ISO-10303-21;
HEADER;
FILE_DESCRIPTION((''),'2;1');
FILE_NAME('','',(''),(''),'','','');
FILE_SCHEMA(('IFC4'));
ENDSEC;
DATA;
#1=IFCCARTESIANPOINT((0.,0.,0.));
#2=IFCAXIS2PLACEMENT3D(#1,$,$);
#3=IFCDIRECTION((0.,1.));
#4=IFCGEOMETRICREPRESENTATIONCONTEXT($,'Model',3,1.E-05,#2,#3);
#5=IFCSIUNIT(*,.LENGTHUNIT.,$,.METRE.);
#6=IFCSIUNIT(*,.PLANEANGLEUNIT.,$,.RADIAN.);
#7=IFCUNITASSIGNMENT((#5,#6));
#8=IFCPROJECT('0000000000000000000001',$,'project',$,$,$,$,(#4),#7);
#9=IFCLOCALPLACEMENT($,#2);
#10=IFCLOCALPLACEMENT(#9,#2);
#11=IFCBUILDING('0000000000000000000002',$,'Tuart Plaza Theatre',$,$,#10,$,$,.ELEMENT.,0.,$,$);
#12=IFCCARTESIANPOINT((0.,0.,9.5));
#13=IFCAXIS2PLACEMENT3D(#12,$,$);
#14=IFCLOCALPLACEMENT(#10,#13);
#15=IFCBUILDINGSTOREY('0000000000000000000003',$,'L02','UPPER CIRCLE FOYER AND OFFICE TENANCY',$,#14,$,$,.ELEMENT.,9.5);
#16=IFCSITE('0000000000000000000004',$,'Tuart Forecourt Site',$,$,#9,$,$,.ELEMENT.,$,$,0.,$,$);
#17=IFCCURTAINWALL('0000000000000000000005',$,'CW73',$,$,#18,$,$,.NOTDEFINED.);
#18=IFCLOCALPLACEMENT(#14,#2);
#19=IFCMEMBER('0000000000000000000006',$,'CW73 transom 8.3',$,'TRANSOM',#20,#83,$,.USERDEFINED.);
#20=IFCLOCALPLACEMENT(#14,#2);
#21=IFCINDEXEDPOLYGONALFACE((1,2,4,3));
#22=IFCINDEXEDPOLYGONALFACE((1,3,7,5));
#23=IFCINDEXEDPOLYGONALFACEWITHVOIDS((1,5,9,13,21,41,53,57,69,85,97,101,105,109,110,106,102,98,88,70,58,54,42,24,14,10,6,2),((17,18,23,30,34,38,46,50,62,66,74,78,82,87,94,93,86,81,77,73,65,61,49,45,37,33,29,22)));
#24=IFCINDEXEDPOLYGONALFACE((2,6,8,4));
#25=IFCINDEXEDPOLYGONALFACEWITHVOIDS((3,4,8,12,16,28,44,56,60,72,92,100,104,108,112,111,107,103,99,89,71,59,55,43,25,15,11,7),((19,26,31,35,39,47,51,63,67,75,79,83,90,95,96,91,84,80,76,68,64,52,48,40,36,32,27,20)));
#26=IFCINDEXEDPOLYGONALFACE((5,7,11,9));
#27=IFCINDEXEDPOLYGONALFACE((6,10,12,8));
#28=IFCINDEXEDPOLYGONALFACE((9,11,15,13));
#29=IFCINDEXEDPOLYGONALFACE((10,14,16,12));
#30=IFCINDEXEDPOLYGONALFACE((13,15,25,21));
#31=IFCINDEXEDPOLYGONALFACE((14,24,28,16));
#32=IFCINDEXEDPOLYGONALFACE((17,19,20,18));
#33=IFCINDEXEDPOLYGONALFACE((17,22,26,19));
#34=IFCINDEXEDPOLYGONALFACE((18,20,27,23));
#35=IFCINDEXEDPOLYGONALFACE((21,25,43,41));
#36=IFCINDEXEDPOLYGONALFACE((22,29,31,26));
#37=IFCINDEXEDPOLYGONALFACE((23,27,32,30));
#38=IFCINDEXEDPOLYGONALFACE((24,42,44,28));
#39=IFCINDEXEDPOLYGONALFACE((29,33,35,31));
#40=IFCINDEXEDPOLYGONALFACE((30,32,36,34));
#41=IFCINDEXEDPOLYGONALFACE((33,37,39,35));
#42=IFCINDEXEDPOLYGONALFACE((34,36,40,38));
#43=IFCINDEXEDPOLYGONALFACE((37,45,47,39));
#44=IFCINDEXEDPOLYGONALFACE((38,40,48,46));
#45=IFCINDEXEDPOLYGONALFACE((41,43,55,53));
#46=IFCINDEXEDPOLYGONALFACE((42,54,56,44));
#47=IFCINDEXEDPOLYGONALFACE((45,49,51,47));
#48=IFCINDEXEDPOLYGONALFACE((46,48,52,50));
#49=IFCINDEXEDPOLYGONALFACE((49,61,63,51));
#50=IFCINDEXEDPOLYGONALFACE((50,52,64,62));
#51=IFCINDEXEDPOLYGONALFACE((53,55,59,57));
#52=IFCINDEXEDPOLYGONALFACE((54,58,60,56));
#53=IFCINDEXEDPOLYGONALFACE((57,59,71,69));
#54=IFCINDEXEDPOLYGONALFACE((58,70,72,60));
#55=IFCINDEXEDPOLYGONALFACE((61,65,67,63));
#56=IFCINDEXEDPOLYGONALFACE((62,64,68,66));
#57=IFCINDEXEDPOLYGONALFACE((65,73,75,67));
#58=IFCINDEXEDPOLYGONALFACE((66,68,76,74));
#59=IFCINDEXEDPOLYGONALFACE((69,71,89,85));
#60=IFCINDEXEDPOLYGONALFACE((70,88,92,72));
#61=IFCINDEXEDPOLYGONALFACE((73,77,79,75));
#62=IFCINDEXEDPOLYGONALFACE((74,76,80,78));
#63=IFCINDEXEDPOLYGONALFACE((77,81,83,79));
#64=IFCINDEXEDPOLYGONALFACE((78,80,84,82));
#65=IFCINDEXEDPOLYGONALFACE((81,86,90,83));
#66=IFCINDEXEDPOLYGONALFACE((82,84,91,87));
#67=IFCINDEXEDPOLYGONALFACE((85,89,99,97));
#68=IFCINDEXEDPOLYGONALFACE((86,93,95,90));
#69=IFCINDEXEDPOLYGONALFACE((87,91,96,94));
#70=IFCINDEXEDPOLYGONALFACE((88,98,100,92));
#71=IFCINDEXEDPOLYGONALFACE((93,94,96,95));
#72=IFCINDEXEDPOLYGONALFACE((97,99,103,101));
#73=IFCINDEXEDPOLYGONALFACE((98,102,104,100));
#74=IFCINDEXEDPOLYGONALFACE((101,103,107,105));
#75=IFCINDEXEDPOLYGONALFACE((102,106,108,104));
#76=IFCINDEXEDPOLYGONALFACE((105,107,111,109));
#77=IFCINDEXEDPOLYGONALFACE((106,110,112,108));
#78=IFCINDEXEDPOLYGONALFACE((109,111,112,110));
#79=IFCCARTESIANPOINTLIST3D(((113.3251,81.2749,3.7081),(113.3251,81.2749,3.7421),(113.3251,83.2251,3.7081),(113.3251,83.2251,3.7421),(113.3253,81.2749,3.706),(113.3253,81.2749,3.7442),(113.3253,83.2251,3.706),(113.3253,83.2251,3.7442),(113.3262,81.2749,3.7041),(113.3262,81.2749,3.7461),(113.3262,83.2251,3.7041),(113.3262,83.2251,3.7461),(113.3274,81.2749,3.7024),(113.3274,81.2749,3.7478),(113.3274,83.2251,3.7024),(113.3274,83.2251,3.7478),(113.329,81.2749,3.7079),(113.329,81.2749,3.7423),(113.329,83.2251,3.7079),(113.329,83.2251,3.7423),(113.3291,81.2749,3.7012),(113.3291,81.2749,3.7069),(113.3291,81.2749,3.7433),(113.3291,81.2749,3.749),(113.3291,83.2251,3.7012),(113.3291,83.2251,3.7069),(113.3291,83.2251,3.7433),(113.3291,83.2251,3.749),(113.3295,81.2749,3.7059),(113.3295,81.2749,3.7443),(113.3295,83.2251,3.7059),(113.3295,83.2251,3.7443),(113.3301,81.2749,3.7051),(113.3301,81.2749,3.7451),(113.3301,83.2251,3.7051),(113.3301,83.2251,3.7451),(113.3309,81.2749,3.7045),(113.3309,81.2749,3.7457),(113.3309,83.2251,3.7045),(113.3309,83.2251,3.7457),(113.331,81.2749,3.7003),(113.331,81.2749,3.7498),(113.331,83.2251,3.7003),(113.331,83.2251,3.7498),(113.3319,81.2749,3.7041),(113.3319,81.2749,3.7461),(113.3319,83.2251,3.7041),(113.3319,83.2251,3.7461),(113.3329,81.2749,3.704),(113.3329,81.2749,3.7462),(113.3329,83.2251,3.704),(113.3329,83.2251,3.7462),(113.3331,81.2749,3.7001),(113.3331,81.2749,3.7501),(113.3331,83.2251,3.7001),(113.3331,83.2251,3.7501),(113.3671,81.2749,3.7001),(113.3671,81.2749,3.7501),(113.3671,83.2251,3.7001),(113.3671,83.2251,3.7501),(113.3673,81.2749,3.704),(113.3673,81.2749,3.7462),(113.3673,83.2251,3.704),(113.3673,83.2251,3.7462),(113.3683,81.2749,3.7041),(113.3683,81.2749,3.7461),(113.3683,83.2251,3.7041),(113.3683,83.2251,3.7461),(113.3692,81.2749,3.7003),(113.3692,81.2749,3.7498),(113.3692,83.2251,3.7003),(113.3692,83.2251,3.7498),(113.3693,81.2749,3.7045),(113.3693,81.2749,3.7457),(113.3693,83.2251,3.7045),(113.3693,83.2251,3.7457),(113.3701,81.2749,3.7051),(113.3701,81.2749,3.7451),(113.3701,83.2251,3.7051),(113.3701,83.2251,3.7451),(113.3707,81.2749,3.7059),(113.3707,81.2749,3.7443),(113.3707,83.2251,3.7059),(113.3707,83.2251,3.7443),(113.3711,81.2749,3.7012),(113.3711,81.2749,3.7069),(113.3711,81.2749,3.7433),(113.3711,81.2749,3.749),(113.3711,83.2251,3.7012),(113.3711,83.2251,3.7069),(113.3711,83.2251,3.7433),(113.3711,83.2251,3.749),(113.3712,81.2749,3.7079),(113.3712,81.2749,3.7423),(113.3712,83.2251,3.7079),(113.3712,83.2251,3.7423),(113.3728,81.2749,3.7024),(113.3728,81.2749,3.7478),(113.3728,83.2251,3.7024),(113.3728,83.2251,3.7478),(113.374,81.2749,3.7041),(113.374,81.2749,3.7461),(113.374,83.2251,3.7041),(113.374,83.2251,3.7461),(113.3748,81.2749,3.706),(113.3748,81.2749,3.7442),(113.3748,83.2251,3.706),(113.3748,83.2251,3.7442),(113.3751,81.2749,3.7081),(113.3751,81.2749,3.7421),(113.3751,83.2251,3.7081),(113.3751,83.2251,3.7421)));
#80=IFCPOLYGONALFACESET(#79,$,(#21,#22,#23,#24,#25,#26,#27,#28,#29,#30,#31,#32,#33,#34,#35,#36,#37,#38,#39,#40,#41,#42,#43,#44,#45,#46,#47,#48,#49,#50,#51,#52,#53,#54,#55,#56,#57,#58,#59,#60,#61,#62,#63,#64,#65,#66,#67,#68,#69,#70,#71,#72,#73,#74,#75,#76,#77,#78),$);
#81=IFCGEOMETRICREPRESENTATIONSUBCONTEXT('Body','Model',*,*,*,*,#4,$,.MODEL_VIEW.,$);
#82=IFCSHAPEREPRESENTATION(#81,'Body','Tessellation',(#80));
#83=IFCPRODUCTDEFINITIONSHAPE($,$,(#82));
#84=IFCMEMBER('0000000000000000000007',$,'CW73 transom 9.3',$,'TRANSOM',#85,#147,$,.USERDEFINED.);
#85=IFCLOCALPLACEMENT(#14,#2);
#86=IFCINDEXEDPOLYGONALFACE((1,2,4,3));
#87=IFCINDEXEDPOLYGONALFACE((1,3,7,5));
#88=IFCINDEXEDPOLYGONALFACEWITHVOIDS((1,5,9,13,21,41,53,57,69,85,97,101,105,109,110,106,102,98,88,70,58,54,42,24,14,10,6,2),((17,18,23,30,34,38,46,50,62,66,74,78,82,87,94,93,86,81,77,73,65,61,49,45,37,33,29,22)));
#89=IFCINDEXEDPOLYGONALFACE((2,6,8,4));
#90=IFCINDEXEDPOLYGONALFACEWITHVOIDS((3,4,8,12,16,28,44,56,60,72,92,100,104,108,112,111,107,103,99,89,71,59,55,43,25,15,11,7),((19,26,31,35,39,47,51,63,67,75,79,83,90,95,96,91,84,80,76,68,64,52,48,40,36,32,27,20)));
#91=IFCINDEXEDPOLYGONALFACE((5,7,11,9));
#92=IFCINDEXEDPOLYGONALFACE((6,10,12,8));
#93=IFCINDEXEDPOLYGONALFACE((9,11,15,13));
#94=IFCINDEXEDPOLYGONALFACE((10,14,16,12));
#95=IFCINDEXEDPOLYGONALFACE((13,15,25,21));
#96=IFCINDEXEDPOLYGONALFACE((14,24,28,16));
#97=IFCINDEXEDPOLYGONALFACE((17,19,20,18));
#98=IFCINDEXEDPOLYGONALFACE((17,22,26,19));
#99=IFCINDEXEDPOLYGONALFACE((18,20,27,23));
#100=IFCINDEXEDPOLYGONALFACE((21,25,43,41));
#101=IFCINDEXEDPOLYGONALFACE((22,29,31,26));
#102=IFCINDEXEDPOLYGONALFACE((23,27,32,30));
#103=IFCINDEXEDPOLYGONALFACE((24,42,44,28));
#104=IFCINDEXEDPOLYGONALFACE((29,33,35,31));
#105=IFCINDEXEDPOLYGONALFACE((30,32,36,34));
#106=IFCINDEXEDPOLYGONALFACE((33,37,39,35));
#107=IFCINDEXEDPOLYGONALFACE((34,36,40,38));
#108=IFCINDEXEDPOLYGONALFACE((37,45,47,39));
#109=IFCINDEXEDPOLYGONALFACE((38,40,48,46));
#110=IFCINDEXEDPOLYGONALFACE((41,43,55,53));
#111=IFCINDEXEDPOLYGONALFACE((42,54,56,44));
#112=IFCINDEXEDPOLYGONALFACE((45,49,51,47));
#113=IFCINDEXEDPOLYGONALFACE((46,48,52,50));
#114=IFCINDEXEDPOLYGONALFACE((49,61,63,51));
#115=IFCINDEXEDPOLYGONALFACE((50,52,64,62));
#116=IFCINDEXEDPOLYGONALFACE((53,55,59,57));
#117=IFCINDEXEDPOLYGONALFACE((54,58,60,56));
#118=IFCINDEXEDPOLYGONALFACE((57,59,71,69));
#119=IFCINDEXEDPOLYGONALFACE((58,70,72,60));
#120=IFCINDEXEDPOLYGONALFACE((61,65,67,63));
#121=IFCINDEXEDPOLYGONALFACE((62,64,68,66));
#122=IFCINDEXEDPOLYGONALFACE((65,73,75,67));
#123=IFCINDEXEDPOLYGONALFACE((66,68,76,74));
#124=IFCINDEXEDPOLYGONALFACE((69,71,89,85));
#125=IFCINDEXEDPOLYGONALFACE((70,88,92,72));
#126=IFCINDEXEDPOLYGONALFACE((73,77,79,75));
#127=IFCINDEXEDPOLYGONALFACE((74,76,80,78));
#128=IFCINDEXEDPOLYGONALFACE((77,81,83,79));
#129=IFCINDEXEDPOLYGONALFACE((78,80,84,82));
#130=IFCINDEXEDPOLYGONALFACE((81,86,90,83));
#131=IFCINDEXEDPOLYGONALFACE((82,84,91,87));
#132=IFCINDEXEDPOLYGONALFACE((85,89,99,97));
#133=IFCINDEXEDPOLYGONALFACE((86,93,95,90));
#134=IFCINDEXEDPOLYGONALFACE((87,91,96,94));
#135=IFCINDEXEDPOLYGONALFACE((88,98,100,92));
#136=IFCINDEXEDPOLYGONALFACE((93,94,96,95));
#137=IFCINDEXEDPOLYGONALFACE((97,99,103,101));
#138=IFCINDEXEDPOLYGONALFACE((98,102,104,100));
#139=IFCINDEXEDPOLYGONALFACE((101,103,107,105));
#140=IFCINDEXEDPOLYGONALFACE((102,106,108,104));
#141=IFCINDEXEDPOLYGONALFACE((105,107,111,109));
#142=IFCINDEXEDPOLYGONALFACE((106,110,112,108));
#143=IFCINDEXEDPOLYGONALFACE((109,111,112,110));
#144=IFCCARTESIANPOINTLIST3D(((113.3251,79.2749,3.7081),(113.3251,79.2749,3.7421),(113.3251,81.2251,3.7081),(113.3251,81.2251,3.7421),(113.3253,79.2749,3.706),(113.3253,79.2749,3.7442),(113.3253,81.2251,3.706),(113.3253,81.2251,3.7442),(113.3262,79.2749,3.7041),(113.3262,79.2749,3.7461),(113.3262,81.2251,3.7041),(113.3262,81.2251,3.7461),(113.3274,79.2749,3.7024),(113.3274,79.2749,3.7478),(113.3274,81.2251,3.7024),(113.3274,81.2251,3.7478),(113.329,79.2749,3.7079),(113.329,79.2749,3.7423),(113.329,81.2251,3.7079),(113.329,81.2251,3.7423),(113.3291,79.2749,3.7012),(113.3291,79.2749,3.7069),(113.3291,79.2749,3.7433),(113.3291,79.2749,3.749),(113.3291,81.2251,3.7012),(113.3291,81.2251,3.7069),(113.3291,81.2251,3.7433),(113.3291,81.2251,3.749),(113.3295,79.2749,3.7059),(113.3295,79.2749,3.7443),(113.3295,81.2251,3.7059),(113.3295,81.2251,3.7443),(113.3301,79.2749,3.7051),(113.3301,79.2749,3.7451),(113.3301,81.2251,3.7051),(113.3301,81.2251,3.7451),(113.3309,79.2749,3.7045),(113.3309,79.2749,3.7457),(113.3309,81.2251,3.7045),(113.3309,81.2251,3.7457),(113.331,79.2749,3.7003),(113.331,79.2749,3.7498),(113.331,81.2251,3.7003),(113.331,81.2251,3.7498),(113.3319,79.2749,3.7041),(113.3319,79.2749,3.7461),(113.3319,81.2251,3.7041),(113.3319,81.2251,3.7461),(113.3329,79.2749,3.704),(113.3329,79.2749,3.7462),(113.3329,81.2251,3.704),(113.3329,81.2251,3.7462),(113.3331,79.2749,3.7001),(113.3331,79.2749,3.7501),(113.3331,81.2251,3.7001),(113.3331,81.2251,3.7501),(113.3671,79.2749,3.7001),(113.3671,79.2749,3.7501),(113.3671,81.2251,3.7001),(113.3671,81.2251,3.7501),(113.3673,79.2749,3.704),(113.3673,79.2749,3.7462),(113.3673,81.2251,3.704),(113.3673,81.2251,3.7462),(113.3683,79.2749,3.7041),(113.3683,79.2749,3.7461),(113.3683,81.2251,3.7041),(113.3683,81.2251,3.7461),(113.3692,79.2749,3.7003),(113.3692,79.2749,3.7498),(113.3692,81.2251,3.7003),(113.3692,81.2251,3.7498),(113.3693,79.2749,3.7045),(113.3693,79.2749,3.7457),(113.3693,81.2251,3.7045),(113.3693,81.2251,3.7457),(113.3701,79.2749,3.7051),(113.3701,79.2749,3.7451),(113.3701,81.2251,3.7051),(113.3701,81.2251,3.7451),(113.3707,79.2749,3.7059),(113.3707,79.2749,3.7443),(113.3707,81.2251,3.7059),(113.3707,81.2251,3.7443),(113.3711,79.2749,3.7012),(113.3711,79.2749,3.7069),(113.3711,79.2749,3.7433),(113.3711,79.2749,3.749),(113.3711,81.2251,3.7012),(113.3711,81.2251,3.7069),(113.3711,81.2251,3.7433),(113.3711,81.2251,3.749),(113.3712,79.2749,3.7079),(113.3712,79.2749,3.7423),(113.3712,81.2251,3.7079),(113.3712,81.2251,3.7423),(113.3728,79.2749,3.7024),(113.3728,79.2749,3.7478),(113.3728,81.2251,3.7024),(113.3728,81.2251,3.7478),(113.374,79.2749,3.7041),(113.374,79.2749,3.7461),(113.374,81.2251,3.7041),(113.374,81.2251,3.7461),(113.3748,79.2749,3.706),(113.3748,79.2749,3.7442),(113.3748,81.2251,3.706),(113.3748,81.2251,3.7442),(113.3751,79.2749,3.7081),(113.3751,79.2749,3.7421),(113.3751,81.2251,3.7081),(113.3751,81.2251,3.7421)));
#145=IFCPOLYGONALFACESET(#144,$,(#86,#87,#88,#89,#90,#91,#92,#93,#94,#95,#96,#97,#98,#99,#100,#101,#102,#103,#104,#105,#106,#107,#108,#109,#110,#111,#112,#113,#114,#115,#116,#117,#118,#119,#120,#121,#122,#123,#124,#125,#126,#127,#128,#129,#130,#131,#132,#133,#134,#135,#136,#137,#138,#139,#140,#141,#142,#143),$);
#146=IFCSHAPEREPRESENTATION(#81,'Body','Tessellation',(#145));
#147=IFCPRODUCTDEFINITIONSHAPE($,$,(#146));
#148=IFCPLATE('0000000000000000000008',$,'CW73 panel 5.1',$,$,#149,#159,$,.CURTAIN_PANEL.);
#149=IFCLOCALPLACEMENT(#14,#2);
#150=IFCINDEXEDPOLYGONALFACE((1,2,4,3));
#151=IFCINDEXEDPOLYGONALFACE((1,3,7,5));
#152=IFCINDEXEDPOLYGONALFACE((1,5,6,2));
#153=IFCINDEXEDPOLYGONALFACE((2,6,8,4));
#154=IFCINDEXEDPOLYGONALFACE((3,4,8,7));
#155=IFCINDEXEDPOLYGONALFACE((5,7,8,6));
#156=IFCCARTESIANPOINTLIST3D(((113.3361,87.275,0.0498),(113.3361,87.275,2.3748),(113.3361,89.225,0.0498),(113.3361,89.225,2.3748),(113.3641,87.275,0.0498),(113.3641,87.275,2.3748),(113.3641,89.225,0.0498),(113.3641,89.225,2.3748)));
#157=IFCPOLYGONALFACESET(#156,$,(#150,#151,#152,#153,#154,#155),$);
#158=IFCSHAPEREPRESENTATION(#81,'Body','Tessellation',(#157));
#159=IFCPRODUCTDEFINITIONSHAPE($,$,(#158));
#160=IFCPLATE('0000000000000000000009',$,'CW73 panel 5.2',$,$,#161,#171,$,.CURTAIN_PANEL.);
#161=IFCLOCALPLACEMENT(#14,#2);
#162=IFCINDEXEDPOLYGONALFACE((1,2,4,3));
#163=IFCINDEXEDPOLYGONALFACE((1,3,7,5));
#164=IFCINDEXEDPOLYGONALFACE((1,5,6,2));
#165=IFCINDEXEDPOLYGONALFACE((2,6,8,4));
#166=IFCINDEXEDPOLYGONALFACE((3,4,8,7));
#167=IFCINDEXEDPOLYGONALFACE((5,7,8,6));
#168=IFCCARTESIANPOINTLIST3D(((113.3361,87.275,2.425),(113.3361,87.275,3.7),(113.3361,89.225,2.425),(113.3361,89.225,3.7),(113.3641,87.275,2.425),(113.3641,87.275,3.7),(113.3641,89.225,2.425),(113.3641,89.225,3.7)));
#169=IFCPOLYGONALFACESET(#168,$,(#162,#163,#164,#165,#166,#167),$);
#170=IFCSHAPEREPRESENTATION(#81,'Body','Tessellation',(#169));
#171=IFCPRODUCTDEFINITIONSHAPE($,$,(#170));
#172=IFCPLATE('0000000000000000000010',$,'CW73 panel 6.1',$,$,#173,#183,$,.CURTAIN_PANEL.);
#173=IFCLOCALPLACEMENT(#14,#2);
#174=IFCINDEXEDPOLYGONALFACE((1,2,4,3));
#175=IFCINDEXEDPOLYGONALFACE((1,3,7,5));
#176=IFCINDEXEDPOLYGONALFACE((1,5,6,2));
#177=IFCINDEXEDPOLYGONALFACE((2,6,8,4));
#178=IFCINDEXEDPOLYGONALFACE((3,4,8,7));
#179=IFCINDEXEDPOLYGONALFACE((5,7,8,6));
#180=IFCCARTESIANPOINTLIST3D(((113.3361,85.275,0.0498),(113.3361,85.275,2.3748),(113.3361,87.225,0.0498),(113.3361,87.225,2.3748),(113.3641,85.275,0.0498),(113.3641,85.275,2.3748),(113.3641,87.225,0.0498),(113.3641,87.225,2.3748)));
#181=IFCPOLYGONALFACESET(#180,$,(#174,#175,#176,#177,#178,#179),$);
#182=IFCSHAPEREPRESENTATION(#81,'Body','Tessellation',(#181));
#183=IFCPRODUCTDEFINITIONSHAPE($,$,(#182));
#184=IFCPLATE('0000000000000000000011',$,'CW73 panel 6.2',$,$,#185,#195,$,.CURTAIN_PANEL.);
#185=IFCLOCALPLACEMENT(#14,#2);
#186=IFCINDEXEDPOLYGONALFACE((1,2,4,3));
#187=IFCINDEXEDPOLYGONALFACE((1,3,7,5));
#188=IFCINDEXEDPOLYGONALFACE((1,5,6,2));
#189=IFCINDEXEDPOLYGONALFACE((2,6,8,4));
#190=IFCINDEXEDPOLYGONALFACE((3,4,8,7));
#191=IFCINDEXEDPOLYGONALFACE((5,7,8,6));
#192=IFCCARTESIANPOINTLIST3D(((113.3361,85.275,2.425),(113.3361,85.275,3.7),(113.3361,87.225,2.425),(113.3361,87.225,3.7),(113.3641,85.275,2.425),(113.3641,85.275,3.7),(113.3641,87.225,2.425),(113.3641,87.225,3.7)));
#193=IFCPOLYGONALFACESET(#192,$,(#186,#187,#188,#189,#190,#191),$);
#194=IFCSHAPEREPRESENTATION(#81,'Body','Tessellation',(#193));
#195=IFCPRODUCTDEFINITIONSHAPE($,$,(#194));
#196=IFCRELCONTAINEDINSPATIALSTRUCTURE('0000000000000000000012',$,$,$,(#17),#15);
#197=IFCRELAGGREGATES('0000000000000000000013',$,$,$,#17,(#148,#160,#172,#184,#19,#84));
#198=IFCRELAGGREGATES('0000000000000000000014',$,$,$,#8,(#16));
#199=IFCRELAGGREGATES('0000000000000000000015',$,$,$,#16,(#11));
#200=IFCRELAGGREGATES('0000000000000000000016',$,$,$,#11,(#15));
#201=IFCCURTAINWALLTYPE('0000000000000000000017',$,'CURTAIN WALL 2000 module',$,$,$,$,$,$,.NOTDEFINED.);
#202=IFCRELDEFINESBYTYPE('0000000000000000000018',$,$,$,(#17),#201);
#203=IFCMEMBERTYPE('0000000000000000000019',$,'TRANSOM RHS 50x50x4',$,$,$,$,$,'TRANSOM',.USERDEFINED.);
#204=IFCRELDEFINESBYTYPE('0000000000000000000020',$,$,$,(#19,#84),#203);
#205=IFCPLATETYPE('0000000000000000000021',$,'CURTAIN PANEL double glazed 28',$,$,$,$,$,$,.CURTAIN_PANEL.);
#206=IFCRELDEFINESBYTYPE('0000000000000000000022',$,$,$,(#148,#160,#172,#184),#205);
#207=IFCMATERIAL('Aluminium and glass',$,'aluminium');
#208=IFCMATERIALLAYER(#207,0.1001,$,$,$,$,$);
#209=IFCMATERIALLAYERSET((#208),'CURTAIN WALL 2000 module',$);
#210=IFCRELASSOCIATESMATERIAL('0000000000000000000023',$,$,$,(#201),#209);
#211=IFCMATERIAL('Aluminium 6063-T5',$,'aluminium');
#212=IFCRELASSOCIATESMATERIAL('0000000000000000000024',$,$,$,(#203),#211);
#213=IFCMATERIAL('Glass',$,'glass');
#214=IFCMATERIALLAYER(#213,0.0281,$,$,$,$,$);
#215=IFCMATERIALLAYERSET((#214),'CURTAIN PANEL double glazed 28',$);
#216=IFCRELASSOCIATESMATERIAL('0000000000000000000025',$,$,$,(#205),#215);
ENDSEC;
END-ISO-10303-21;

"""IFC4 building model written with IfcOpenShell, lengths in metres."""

from ifc_helpers import new_model, si_unit, direction, frame, origin, origin_2d, place, context, subcontext, project, spatial, rectangle, hollow_rectangle, extrude, material, layer, layer_set, material_profile, profile_set, type_object, element, aggregate, save


model = new_model("IFC4")

# Units and contexts
model_context = context("Model", 3, precision=1e-05, world=origin(), true_north=direction((0.0, 1.0)))
body_context = subcontext(model_context, "Body", "Model", "MODEL_VIEW")
ifc_project = project(units=[si_unit("LENGTHUNIT", "METRE"), si_unit("PLANEANGLEUNIT", "RADIAN")], contexts=[model_context])

# Site, building, storey
site_placement = place(None, origin())
site = spatial("IfcSite", under=ifc_project, at=site_placement, Name="Tuart Forecourt Site", CompositionType="ELEMENT", RefElevation=0.0)
building_placement = place(site_placement, origin())
building = spatial("IfcBuilding", under=site, at=building_placement, Name="Tuart Plaza Theatre", CompositionType="ELEMENT", ElevationOfRefHeight=0.0)
storey_placement = place(building_placement, frame((0.0, 0.0, 9.5)))
storey = spatial("IfcBuildingStorey", under=building, at=storey_placement, Name="L02", Description="UPPER CIRCLE FOYER AND OFFICE TENANCY", CompositionType="ELEMENT", Elevation=9.5)

# Curtain wall, members, plates
ifc_material_1 = material(Name="Aluminium and glass", Category="aluminium")
ifc_layer_1 = layer(ifc_material_1, 0.1001)
ifc_layer_set_1 = layer_set([ifc_layer_1], Name="CURTAIN WALL 2000 module")
curtain_wall_type = type_object("IfcCurtainWallType", Name="CURTAIN WALL 2000 module", PredefinedType="NOTDEFINED", material=ifc_layer_set_1)
curtain_wall_placement = place(storey_placement, origin())
curtain_wall = element("IfcCurtainWall", 1, at=curtain_wall_placement, inside=storey, type_object=curtain_wall_type, Name="CW73", PredefinedType="NOTDEFINED")
ifc_material_2 = material(Name="Aluminium 6063-T5", Category="aluminium")
ifc_material_profile_1 = material_profile(ifc_material_2, hollow_rectangle(XDim=0.05, YDim=0.05, WallThickness=0.0039, InnerFilletRadius=0.0039, OuterFilletRadius=0.0081, at=origin_2d()), Name="RHS 50x50x4")
ifc_profile_set_1 = profile_set([ifc_material_profile_1], Name="Aluminium 6063-T5")
member_type_1 = type_object("IfcMemberType", Name="TRANSOM RHS 50x50x4", ElementType="TRANSOM", PredefinedType="USERDEFINED", material=ifc_profile_set_1)
member_1_placement = place(storey_placement, frame((113.3501, 83.2251, 3.7251), z_axis=(0.0, -1.0, 0.0), x_axis=(1.0, 0.0, 0.0)))
member_1 = element("IfcMember", 2, at=member_1_placement, type_object=member_type_1, Name="CW73 transom 8.3", ObjectType="TRANSOM", PredefinedType="USERDEFINED", context=body_context, shape_type="SweptSolid", body=[
    extrude(hollow_rectangle(XDim=0.05, YDim=0.05, WallThickness=0.0039, InnerFilletRadius=0.0039, OuterFilletRadius=0.0081, at=origin_2d()), origin(), (0.0, 0.0, 1.0), 1.9502),
])
member_2_placement = place(storey_placement, frame((113.3501, 81.2251, 3.7251), z_axis=(0.0, -1.0, 0.0), x_axis=(1.0, 0.0, 0.0)))
member_2 = element("IfcMember", 3, at=member_2_placement, type_object=member_type_1, Name="CW73 transom 9.3", ObjectType="TRANSOM", PredefinedType="USERDEFINED", context=body_context, shape_type="SweptSolid", body=[
    extrude(hollow_rectangle(XDim=0.05, YDim=0.05, WallThickness=0.0039, InnerFilletRadius=0.0039, OuterFilletRadius=0.0081, at=origin_2d()), origin(), (0.0, 0.0, 1.0), 1.9502),
])
ifc_material_3 = material(Name="Glass", Category="glass")
ifc_layer_2 = layer(ifc_material_3, 0.0281)
ifc_layer_set_2 = layer_set([ifc_layer_2], Name="CURTAIN PANEL double glazed 28")
plate_type = type_object("IfcPlateType", Name="CURTAIN PANEL double glazed 28", PredefinedType="CURTAIN_PANEL", material=ifc_layer_set_2)
plate_1_placement = place(storey_placement, frame((113.3501, 88.25, 0.0498), z_axis=(0.0, 0.0, 1.0), x_axis=(0.0, -1.0, 0.0)))
plate_1 = element("IfcPlate", 4, at=plate_1_placement, type_object=plate_type, Name="CW73 panel 5.1", PredefinedType="CURTAIN_PANEL", context=body_context, shape_type="SweptSolid", body=[
    extrude(rectangle(XDim=1.95, YDim=0.0281, at=origin_2d()), origin(), (0.0, 0.0, 1.0), 2.325),
])
plate_2_placement = place(storey_placement, frame((113.3501, 88.25, 2.425), z_axis=(0.0, 0.0, 1.0), x_axis=(0.0, -1.0, 0.0)))
plate_2 = element("IfcPlate", 5, at=plate_2_placement, type_object=plate_type, Name="CW73 panel 5.2", PredefinedType="CURTAIN_PANEL", context=body_context, shape_type="SweptSolid", body=[
    extrude(rectangle(XDim=1.95, YDim=0.0281, at=origin_2d()), origin(), (0.0, 0.0, 1.0), 1.2749),
])
plate_3_placement = place(storey_placement, frame((113.3501, 86.25, 0.0498), z_axis=(0.0, 0.0, 1.0), x_axis=(0.0, -1.0, 0.0)))
plate_3 = element("IfcPlate", 6, at=plate_3_placement, type_object=plate_type, Name="CW73 panel 6.1", PredefinedType="CURTAIN_PANEL", context=body_context, shape_type="SweptSolid", body=[
    extrude(rectangle(XDim=1.95, YDim=0.0281, at=origin_2d()), origin(), (0.0, 0.0, 1.0), 2.325),
])
plate_4_placement = place(storey_placement, frame((113.3501, 86.25, 2.425), z_axis=(0.0, 0.0, 1.0), x_axis=(0.0, -1.0, 0.0)))
plate_4 = element("IfcPlate", 7, at=plate_4_placement, type_object=plate_type, Name="CW73 panel 6.2", PredefinedType="CURTAIN_PANEL", context=body_context, shape_type="SweptSolid", body=[
    extrude(rectangle(XDim=1.95, YDim=0.0281, at=origin_2d()), origin(), (0.0, 0.0, 1.0), 1.2749),
])
aggregate(curtain_wall, [plate_1, plate_2, plate_3, plate_4, member_1, member_2])

save(model, "model.ifc")
